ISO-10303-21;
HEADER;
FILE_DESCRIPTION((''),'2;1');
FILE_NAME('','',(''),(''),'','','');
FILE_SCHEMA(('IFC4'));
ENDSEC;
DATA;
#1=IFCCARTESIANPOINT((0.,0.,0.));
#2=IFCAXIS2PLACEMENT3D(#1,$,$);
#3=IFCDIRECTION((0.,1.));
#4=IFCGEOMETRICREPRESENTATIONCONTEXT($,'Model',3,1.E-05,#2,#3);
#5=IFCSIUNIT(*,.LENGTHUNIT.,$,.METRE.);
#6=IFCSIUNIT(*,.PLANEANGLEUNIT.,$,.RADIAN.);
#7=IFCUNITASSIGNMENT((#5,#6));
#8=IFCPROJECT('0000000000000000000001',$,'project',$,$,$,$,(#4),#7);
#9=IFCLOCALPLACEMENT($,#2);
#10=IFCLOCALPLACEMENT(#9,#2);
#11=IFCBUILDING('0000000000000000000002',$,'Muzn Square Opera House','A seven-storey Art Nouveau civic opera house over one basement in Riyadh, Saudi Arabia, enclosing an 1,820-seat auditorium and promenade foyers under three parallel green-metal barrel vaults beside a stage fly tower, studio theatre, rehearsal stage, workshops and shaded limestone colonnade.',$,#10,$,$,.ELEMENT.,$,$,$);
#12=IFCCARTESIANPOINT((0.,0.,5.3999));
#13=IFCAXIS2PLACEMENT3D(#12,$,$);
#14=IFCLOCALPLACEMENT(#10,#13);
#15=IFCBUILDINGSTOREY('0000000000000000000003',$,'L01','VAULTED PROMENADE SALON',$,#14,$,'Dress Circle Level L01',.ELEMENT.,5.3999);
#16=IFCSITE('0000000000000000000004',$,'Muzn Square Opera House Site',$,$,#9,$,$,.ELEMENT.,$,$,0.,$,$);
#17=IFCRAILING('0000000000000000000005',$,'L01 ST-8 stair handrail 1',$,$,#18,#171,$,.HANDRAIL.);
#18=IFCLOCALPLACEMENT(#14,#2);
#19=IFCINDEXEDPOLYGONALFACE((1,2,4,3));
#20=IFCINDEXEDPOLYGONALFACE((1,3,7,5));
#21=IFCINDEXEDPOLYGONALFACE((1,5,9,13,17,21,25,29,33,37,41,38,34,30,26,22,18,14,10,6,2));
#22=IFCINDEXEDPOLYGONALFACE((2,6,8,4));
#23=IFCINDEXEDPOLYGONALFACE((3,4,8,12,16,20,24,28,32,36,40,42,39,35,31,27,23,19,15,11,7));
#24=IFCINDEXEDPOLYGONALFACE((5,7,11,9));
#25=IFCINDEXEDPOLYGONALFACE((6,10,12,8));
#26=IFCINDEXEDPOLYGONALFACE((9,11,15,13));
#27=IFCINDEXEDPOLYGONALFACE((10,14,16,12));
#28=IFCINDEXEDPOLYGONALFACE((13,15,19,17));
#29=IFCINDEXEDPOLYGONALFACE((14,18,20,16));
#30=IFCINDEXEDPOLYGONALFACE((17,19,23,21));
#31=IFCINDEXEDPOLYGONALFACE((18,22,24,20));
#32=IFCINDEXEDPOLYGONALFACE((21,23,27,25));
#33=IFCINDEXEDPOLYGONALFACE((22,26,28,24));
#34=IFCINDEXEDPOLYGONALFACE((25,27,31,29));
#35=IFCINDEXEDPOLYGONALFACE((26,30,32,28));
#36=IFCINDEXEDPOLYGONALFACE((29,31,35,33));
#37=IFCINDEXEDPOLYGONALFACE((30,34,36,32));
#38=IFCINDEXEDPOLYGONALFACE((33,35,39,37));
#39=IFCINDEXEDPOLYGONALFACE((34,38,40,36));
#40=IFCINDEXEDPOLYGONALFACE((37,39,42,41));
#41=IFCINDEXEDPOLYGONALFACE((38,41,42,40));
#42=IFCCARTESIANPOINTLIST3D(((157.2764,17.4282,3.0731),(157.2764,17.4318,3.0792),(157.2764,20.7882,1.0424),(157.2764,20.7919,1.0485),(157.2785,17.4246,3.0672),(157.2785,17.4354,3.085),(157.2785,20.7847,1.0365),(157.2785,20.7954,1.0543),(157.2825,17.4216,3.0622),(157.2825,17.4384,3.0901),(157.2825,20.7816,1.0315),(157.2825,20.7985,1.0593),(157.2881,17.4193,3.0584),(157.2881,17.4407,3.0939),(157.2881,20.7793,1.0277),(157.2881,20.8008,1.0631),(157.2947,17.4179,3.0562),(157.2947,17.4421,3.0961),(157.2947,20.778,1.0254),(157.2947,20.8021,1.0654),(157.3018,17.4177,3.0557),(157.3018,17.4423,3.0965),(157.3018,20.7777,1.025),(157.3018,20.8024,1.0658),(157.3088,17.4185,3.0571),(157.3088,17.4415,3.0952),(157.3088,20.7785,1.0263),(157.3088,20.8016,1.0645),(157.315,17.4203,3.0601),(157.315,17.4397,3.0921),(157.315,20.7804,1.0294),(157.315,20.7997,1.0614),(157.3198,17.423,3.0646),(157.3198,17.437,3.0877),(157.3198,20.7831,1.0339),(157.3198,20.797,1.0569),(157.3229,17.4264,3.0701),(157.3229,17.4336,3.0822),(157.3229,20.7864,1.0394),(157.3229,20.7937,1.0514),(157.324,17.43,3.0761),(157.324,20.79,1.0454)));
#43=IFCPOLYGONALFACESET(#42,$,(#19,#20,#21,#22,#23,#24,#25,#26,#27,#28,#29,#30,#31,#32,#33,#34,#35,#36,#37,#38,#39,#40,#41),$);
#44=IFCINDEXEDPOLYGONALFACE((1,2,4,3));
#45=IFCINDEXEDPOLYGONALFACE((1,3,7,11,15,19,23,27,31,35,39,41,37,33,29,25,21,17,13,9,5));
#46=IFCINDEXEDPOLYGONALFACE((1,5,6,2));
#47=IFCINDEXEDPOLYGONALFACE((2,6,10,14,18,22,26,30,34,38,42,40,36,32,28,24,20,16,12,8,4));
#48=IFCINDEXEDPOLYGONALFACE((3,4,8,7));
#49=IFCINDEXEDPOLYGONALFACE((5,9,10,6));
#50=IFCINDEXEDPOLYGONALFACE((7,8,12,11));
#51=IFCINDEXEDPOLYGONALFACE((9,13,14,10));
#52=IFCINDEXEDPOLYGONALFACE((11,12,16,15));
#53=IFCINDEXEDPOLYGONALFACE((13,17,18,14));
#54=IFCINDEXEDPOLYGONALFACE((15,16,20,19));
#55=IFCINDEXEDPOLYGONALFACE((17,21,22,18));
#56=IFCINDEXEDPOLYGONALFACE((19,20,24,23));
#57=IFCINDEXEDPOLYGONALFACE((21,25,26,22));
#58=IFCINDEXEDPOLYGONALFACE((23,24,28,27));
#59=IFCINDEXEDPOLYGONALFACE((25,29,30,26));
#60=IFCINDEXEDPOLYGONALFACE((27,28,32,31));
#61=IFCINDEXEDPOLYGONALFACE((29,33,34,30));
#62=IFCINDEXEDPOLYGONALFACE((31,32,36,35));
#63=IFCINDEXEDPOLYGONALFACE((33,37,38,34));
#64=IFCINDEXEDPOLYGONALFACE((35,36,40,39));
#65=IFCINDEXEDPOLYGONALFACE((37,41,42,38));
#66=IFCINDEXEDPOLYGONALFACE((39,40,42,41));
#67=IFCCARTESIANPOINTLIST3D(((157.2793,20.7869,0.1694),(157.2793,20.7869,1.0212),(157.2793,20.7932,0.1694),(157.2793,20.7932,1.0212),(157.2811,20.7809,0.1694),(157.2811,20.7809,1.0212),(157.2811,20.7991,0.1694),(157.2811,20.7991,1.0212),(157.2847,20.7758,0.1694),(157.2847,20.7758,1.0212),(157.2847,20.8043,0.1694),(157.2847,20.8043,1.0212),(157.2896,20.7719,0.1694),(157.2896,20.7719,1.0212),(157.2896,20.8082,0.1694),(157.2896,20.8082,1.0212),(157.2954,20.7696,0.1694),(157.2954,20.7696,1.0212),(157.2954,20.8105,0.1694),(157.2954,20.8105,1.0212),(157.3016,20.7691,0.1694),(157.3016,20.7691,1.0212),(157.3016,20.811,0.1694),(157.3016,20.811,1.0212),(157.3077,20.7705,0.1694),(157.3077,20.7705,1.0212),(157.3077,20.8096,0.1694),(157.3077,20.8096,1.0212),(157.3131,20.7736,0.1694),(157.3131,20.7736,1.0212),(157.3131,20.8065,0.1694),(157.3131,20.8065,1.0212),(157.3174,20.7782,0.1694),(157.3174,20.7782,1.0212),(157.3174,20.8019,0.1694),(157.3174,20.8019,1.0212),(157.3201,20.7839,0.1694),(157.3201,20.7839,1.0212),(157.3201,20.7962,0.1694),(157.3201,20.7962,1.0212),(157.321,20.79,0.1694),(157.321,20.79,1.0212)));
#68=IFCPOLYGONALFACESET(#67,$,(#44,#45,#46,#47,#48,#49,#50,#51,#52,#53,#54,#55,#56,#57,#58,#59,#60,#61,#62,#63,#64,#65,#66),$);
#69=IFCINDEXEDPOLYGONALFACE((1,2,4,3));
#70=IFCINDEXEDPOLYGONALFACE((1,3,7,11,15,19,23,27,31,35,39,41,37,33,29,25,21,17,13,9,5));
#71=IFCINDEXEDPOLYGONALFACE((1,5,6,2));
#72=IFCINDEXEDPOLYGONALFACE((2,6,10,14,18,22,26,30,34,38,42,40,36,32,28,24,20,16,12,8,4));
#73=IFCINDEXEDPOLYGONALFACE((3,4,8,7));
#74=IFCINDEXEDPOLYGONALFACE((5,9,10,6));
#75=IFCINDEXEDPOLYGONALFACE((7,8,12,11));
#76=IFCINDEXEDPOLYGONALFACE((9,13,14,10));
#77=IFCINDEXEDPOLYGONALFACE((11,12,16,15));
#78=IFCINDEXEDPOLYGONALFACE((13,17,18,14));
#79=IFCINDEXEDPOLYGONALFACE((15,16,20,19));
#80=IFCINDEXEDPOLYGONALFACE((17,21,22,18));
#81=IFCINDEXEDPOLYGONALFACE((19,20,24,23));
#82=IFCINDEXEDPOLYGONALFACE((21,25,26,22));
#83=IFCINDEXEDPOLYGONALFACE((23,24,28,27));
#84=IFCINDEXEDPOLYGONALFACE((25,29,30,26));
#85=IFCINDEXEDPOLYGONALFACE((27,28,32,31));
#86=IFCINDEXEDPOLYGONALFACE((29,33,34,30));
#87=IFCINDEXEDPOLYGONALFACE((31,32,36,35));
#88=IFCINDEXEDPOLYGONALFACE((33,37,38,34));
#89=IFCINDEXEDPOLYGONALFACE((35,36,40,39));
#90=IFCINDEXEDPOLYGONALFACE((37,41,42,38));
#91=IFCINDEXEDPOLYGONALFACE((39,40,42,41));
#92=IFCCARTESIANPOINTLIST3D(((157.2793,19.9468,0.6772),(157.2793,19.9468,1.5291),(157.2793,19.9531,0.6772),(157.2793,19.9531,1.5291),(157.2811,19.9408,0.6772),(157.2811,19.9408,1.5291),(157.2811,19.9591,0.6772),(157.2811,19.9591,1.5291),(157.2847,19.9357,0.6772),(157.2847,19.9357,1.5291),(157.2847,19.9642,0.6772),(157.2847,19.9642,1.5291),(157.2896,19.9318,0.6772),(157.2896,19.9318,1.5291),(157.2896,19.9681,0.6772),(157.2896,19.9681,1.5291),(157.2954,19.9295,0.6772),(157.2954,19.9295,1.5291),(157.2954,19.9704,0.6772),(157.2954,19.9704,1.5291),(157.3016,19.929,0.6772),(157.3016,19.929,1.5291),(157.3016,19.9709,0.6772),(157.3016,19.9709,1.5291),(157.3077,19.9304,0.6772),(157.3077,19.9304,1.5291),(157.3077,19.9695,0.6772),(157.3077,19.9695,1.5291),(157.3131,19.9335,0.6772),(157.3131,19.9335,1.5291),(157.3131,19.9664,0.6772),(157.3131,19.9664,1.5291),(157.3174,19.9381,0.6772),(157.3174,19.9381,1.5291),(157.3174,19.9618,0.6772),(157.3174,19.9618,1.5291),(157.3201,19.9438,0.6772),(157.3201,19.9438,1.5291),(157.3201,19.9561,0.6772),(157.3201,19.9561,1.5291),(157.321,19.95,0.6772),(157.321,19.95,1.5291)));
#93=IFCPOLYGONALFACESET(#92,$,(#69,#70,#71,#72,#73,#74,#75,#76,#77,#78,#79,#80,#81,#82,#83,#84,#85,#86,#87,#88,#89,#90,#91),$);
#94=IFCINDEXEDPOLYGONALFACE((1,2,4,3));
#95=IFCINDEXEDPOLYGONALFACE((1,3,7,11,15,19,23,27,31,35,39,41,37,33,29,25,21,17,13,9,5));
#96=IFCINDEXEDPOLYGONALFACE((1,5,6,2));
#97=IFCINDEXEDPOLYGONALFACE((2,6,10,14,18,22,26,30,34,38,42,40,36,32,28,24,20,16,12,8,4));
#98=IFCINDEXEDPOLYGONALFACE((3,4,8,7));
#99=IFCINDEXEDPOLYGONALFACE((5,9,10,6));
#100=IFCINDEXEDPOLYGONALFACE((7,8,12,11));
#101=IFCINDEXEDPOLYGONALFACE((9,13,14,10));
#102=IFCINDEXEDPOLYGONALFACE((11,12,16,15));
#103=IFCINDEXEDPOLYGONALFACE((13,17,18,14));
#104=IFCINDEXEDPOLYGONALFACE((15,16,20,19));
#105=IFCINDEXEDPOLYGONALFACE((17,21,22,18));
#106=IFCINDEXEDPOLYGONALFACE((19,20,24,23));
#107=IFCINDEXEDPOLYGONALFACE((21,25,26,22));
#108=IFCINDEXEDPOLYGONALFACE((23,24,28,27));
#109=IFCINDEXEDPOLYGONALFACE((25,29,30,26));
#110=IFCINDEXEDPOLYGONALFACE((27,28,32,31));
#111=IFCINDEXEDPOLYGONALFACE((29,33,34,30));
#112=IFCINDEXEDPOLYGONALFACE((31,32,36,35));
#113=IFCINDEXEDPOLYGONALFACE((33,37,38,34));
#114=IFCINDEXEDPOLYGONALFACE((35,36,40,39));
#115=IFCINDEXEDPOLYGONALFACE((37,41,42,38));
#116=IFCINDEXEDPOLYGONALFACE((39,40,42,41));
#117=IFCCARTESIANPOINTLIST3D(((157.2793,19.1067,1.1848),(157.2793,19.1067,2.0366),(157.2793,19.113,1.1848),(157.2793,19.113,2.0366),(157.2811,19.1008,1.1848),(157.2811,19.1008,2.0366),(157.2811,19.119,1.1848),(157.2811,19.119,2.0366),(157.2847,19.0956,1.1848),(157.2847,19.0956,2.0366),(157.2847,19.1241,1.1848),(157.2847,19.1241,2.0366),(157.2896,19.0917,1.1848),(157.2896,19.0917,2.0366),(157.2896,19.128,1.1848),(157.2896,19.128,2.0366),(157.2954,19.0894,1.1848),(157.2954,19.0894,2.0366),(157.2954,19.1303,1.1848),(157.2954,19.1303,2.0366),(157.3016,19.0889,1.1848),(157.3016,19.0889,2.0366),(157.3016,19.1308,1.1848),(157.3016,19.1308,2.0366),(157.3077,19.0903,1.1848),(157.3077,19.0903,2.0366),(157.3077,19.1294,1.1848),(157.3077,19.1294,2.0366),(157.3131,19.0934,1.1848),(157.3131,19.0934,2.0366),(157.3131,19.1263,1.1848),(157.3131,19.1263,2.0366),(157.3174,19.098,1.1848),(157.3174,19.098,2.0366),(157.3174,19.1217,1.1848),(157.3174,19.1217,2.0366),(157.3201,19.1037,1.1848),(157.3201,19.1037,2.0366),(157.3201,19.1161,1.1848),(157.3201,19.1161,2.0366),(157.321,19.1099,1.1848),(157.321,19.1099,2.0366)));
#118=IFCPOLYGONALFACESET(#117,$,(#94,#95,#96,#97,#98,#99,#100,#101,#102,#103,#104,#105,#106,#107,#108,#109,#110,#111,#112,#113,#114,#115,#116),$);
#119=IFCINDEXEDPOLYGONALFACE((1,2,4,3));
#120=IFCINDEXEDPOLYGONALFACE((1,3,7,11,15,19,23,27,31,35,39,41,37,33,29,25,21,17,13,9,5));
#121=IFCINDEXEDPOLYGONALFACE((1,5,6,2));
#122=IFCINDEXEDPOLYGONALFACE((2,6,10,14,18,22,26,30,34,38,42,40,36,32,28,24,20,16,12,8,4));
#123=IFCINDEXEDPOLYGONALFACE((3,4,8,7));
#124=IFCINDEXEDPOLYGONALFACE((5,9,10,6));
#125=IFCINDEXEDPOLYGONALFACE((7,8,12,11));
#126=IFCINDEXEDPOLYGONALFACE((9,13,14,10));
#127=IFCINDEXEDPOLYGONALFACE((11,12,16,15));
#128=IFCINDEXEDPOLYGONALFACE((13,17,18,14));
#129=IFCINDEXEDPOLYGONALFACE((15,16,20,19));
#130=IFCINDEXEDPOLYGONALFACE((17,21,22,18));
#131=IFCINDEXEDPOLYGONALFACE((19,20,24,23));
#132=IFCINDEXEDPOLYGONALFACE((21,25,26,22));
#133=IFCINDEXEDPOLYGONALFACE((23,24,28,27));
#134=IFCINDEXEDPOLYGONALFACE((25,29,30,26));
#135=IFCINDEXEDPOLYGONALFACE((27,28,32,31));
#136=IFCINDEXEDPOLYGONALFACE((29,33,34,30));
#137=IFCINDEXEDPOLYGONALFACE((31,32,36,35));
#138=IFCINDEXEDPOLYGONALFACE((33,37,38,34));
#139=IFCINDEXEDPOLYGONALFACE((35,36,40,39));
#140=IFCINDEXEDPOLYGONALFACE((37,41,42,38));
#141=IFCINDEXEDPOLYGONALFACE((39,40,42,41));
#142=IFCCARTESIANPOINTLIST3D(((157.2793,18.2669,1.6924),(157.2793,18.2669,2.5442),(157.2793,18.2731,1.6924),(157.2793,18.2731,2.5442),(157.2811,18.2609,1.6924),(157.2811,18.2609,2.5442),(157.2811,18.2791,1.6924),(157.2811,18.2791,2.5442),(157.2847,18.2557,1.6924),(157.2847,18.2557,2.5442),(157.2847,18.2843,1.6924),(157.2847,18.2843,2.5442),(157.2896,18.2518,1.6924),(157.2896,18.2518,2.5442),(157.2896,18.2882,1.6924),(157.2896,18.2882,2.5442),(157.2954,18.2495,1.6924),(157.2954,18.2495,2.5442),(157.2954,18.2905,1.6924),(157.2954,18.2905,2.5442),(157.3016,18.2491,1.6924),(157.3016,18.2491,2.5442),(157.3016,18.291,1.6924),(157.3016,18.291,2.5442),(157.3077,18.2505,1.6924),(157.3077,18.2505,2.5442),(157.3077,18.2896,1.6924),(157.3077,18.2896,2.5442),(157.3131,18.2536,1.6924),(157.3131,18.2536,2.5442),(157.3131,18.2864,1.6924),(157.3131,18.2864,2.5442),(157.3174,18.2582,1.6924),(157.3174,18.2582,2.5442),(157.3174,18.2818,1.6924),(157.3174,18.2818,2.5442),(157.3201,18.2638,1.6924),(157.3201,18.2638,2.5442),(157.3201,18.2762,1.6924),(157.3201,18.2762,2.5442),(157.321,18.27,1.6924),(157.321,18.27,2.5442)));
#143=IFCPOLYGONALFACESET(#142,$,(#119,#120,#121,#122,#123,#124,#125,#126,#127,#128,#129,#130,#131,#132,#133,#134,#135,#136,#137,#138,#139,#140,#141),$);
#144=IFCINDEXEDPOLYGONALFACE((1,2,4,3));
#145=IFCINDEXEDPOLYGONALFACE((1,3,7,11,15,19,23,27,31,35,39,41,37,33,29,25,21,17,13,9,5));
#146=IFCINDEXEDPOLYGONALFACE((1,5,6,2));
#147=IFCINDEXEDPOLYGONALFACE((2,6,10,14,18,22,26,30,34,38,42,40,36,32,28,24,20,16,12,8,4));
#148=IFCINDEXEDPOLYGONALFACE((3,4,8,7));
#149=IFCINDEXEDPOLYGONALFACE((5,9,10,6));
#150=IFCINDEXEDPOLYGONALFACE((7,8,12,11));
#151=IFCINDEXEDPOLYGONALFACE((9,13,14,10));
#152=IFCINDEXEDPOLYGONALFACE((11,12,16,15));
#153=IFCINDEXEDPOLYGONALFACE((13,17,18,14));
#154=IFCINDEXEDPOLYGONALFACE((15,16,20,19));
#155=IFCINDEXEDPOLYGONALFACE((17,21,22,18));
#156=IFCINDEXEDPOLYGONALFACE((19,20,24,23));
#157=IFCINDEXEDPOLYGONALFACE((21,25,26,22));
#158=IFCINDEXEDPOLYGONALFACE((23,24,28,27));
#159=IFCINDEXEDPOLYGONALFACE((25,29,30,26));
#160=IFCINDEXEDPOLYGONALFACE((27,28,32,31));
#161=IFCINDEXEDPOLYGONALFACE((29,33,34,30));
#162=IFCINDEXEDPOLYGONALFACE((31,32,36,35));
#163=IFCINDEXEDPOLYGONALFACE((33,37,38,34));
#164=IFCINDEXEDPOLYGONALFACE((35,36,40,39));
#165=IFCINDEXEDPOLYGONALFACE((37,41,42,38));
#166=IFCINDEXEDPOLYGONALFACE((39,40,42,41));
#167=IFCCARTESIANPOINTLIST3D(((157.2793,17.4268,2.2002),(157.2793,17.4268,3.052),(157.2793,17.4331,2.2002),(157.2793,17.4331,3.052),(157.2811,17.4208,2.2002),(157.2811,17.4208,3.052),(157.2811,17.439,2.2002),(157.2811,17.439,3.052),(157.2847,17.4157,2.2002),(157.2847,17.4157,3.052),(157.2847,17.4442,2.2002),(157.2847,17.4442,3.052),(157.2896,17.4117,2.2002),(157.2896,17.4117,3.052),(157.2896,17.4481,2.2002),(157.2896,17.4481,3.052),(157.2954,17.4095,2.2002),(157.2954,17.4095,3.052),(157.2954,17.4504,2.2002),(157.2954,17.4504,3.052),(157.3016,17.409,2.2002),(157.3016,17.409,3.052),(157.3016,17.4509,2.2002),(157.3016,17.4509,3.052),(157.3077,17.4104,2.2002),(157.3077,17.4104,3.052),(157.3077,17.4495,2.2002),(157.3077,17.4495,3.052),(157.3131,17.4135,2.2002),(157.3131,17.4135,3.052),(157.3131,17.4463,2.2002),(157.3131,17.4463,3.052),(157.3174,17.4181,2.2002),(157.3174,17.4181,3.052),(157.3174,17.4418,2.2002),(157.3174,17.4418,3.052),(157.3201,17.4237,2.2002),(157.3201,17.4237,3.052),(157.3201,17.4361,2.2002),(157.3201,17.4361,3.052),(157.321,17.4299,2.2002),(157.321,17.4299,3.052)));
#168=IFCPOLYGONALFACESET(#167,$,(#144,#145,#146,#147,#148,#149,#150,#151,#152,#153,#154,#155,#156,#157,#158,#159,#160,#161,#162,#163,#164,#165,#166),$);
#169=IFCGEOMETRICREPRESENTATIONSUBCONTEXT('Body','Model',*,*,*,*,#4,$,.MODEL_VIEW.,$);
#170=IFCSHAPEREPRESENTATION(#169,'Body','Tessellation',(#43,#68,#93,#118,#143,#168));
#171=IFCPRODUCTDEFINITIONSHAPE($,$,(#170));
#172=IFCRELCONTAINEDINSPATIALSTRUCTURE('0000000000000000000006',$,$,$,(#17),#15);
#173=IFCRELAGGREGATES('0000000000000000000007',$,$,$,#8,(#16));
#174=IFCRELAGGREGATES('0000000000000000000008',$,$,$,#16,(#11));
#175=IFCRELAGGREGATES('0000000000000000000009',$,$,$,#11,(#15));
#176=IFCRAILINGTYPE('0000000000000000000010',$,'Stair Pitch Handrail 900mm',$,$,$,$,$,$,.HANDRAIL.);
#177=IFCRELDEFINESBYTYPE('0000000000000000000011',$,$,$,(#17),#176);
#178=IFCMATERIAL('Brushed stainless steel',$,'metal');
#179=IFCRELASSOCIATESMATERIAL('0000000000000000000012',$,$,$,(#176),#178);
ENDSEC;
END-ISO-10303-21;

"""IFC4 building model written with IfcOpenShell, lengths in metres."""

from ifc_helpers import new_model, si_unit, direction, frame, origin, origin_2d, place, context, subcontext, project, spatial, circle, extrude, material, type_object, element, save


model = new_model("IFC4")

# Units and contexts
model_context = context("Model", 3, precision=1e-05, world=origin(), true_north=direction((0.0, 1.0)))
body_context = subcontext(model_context, "Body", "Model", "MODEL_VIEW")
ifc_project = project(units=[si_unit("LENGTHUNIT", "METRE"), si_unit("PLANEANGLEUNIT", "RADIAN")], contexts=[model_context])

# Site, building, storey
site_placement = place(None, origin())
site = spatial("IfcSite", under=ifc_project, at=site_placement, Name="Muzn Square Opera House Site", CompositionType="ELEMENT", RefElevation=0.0)
building_placement = place(site_placement, origin())
building = spatial("IfcBuilding", under=site, at=building_placement, Name="Muzn Square Opera House", Description="A seven-storey Art Nouveau civic opera house over one basement in Riyadh, Saudi Arabia, enclosing an 1,820-seat auditorium and promenade foyers under three parallel green-metal barrel vaults beside a stage fly tower, studio theatre, rehearsal stage, workshops and shaded limestone colonnade.", CompositionType="ELEMENT")
storey_placement = place(building_placement, frame((0.0, 0.0, 5.3999)))
storey = spatial("IfcBuildingStorey", under=building, at=storey_placement, Name="L01", Description="VAULTED PROMENADE SALON", LongName="Dress Circle Level L01", CompositionType="ELEMENT", Elevation=5.3999)

# Railing
ifc_material_1 = material(Name="Brushed stainless steel", Category="metal")
railing_type_1 = type_object("IfcRailingType", Name="Stair Pitch Handrail 900mm", PredefinedType="HANDRAIL", material=ifc_material_1)
railing_1_placement = place(storey_placement, frame((157.3, 20.79, 0.1694)))
element("IfcRailing", 1, at=railing_1_placement, inside=storey, type_object=railing_type_1, Name="L01 ST-8 stair handrail 1", PredefinedType="HANDRAIL", context=body_context, shape_type="SweptSolid", body=[
    extrude(circle(Radius=0.0239, at=origin_2d()), frame((0.0, 0.0, 0.876), z_axis=(0.0, -0.855837, 0.517246), x_axis=(1.0, 0.0, 0.0)), (0.0, 0.0, 1.0), 3.926),
    extrude(circle(Radius=0.021, at=origin_2d()), origin(), (0.0, 0.0, 1.0), 0.8518),
    extrude(circle(Radius=0.021, at=origin_2d()), frame((0.0, -0.8401, 0.5078)), (0.0, 0.0, 1.0), 0.8518),
    extrude(circle(Radius=0.021, at=origin_2d()), frame((0.0, -1.6802, 1.0154)), (0.0, 0.0, 1.0), 0.8518),
    extrude(circle(Radius=0.021, at=origin_2d()), frame((0.0, -2.52, 1.5229)), (0.0, 0.0, 1.0), 0.8518),
    extrude(circle(Radius=0.021, at=origin_2d()), frame((0.0, -3.3601, 2.0308)), (0.0, 0.0, 1.0), 0.8518),
])

save(model, "model.ifc")
